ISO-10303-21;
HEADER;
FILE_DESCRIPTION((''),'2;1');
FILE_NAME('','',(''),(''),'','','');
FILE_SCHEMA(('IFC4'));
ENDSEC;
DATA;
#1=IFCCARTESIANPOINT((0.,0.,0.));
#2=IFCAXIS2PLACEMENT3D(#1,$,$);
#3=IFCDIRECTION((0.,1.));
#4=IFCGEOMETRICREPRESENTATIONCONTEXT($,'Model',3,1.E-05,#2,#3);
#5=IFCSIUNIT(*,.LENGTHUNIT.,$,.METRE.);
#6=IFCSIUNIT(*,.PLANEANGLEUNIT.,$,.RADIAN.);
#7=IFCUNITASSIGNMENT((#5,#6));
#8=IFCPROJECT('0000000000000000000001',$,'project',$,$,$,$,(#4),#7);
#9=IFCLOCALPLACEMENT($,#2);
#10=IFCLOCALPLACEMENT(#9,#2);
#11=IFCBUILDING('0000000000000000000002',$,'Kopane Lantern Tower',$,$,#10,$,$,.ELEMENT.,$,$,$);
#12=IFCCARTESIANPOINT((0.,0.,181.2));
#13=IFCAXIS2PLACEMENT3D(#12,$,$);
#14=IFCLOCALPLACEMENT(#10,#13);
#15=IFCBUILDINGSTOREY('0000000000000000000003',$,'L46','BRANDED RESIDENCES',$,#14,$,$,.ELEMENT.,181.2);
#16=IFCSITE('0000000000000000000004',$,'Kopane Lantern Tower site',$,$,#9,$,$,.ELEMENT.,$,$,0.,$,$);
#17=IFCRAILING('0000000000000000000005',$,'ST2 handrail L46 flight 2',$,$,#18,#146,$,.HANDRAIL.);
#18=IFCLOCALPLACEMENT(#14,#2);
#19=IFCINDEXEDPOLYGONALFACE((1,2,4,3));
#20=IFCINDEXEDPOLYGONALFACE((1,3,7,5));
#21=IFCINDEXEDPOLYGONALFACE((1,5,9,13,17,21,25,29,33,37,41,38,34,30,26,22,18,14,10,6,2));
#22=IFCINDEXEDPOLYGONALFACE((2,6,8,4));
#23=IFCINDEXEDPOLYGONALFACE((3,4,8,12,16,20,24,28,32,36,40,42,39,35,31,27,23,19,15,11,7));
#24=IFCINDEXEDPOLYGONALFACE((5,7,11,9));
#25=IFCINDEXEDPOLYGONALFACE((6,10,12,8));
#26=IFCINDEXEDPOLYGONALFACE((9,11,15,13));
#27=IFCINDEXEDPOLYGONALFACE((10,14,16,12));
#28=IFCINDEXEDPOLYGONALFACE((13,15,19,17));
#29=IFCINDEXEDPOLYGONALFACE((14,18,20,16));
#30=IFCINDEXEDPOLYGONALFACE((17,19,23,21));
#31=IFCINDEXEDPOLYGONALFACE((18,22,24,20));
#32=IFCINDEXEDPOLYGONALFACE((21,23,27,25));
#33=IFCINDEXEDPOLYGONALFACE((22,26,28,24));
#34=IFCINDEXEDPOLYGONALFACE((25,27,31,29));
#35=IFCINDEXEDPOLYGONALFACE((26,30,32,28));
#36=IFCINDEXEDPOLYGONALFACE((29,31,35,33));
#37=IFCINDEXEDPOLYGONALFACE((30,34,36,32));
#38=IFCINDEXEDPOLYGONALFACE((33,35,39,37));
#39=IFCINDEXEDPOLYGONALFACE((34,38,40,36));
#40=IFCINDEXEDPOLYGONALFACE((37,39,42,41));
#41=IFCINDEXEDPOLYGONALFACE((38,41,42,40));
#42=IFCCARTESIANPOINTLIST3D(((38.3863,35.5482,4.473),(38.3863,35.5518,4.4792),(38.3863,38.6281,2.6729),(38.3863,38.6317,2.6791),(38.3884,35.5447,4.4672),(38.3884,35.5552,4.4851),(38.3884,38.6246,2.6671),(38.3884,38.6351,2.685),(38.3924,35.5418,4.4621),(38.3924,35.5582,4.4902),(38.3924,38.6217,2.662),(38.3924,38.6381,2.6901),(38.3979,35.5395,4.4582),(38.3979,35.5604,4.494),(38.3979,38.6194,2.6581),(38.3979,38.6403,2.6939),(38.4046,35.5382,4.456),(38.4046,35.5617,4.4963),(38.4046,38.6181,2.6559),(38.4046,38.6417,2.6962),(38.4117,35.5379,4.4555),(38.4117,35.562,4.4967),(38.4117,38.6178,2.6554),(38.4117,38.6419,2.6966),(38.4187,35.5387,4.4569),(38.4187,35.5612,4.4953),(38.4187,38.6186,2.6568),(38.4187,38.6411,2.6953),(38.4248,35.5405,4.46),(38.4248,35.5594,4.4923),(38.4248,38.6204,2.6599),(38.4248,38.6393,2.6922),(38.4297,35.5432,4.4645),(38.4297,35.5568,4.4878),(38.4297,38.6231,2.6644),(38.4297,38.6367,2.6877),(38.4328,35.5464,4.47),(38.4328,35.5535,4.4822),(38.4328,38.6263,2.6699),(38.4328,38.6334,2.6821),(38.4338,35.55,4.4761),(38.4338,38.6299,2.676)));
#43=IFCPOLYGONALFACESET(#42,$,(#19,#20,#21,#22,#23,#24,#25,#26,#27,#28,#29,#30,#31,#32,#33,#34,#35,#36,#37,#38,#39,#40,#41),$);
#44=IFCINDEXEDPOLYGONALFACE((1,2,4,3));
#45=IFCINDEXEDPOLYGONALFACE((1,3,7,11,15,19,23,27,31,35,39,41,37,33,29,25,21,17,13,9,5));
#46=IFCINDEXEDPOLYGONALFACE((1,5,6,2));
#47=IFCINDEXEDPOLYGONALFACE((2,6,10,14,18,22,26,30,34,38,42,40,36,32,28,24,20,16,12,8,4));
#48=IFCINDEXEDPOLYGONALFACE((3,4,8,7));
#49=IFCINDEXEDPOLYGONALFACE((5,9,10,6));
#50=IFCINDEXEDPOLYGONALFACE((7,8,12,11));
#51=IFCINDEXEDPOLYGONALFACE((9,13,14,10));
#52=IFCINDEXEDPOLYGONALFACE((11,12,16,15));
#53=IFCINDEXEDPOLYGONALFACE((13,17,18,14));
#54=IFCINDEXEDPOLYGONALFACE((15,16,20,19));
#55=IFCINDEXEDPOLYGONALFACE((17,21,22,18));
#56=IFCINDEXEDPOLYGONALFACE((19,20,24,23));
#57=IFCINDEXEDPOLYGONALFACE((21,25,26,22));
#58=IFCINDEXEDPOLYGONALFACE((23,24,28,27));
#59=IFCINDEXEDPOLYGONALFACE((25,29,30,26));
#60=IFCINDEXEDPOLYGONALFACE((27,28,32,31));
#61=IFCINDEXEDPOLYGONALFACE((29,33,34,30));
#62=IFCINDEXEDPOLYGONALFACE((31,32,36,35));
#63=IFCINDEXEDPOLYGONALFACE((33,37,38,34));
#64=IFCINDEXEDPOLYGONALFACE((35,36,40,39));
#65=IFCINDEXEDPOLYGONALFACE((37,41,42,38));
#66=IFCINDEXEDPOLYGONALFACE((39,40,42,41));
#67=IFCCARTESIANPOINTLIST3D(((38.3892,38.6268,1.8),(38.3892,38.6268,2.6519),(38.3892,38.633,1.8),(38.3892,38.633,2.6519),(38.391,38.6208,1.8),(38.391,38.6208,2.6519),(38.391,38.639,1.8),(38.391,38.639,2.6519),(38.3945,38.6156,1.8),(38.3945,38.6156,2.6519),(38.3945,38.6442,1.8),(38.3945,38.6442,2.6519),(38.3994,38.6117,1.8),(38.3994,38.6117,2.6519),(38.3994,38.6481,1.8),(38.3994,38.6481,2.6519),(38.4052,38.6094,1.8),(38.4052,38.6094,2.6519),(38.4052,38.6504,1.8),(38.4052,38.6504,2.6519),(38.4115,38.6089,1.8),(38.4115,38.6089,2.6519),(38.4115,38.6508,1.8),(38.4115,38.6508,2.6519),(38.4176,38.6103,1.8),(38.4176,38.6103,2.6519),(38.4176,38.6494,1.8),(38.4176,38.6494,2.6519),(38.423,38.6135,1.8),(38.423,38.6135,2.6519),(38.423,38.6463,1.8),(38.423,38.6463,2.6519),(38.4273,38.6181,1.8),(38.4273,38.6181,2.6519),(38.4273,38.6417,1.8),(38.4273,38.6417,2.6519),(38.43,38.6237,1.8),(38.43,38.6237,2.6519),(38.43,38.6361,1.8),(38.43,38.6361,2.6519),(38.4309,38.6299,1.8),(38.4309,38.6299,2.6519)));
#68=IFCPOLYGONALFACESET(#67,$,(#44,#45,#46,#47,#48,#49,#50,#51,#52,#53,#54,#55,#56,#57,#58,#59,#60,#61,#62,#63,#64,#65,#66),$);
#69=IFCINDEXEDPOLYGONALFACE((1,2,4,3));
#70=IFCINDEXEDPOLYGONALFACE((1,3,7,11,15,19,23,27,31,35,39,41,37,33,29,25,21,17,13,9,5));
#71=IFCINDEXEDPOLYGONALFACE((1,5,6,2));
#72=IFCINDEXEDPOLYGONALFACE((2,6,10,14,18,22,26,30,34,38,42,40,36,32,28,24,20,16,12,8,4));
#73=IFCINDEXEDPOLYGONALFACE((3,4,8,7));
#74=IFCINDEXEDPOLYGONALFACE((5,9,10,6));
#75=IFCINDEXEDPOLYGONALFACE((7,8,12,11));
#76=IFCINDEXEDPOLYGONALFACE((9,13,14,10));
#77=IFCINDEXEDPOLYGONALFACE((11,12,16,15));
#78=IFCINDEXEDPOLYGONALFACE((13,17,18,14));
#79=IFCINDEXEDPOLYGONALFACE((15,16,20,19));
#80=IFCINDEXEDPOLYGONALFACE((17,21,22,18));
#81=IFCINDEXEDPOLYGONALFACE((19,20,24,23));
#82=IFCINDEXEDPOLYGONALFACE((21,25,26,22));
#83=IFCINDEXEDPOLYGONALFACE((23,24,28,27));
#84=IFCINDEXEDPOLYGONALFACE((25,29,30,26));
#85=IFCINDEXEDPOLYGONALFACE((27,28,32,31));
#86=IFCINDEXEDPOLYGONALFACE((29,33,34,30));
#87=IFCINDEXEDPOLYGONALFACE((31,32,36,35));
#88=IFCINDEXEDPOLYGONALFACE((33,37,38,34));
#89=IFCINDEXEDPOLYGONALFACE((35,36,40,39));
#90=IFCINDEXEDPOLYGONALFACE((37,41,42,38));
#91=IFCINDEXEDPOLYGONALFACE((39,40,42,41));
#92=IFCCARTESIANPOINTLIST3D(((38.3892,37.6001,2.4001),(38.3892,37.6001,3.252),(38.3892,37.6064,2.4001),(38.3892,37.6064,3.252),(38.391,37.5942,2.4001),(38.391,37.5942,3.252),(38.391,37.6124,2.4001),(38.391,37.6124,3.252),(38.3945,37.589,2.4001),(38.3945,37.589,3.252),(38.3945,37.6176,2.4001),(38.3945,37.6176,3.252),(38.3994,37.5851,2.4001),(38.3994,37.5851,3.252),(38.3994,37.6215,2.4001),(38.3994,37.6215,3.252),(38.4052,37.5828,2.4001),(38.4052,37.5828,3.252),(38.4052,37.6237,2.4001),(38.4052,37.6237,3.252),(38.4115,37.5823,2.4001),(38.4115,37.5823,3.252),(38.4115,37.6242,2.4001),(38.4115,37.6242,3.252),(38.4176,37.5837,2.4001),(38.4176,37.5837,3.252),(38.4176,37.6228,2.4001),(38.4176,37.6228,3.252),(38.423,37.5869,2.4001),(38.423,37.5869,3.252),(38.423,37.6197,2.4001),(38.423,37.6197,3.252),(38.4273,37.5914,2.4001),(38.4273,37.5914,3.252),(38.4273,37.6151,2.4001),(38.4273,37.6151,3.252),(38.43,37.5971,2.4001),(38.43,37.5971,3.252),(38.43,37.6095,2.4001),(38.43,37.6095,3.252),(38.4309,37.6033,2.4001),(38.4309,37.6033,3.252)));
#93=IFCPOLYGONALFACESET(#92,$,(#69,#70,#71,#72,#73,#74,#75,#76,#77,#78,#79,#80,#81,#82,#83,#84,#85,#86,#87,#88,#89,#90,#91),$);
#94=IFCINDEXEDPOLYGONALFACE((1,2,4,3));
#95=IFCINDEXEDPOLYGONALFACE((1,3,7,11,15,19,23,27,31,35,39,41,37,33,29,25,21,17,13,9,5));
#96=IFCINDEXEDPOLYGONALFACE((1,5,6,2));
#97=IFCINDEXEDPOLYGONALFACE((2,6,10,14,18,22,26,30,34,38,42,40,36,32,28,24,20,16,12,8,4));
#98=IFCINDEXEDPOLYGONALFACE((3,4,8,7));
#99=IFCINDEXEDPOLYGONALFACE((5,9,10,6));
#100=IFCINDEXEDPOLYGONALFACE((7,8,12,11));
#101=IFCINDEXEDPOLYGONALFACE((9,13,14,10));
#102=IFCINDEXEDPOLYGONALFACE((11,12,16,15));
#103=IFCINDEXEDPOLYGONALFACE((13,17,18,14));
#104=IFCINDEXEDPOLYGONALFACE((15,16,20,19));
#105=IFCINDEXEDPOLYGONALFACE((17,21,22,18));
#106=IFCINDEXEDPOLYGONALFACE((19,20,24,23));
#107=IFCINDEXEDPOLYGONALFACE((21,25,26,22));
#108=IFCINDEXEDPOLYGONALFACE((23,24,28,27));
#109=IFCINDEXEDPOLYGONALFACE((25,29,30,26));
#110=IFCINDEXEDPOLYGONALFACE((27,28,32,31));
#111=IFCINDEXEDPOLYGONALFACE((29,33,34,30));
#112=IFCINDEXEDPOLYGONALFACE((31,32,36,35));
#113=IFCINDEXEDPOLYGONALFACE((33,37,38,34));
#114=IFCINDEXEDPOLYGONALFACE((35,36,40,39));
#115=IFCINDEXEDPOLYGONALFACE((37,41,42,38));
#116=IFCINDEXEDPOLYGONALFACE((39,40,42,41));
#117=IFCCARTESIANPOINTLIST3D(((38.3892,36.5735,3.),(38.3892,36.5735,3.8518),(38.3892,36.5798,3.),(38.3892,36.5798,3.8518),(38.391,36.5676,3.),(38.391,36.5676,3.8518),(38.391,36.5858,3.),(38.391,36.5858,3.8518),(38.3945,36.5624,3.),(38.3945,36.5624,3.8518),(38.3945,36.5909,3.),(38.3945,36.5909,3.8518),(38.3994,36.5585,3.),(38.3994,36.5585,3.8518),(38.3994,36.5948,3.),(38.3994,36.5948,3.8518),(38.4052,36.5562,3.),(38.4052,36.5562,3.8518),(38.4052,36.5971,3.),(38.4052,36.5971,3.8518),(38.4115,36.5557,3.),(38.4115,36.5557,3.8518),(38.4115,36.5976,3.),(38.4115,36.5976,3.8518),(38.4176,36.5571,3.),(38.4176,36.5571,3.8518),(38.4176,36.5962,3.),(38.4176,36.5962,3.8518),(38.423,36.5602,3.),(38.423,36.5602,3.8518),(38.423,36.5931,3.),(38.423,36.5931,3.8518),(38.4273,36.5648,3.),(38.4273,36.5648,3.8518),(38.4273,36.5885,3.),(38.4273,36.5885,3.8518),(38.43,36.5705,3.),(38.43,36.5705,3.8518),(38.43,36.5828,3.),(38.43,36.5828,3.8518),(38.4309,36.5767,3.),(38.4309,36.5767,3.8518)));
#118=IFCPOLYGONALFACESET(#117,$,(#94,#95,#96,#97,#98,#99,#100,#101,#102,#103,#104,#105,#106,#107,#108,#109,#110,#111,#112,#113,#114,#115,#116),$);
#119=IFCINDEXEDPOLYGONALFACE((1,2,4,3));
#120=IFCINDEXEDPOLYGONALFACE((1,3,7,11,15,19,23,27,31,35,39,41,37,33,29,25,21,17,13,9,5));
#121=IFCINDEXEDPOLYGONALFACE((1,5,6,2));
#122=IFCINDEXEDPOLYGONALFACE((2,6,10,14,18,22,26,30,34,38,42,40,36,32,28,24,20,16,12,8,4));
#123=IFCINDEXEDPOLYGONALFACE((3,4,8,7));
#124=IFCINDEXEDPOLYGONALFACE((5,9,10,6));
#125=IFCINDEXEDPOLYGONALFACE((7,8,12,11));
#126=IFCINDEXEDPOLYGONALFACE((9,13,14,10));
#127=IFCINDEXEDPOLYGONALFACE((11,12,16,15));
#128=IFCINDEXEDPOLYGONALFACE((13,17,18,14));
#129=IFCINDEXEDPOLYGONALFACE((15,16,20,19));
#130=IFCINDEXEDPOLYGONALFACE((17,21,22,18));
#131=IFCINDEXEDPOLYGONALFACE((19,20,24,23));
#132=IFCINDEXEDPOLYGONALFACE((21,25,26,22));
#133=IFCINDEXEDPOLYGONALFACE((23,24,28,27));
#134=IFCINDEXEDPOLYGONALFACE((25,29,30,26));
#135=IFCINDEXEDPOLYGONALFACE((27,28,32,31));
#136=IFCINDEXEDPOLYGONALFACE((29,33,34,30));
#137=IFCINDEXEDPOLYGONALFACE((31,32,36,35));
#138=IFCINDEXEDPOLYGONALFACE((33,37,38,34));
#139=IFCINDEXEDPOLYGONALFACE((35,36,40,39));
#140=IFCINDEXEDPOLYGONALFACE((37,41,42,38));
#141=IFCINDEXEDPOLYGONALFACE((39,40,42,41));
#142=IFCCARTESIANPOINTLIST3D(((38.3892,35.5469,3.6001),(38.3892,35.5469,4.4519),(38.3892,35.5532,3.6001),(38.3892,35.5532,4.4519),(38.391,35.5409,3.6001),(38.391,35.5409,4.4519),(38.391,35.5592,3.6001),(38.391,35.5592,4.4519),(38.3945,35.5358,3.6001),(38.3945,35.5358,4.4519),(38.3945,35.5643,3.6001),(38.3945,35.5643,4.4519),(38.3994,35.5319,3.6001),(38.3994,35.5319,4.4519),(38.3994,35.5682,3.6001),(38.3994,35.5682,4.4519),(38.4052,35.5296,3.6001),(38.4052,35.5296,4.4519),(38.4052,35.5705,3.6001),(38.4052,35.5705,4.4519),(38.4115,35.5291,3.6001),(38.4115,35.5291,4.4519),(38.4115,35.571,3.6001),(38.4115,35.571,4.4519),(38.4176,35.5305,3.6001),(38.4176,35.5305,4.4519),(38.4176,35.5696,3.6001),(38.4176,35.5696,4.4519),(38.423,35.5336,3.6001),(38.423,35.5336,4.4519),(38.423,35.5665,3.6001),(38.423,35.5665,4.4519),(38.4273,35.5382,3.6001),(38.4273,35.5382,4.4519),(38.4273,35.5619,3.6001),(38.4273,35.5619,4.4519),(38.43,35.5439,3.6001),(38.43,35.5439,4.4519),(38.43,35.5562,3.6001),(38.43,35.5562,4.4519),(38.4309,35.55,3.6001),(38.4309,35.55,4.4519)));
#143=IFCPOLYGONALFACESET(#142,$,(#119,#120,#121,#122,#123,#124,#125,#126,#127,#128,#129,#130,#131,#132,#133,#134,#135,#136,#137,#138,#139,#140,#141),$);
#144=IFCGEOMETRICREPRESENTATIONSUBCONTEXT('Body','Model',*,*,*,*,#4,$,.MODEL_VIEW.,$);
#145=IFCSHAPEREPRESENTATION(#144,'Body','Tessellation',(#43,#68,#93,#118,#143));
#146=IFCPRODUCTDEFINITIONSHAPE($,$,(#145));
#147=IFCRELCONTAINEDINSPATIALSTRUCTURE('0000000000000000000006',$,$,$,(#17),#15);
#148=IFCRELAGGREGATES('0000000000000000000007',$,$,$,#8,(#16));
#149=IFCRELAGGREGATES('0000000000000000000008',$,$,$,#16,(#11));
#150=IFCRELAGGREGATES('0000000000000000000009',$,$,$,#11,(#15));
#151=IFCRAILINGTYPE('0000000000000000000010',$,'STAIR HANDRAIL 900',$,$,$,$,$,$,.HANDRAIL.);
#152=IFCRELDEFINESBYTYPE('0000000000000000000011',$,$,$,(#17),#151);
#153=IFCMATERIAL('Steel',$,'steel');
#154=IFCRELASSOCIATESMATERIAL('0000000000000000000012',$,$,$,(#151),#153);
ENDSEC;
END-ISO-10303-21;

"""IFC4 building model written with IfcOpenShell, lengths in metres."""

from ifc_helpers import new_model, si_unit, direction, frame, origin, origin_2d, place, context, subcontext, project, spatial, circle, extrude, material, type_object, element, save


model = new_model("IFC4")

# Units and contexts
model_context = context("Model", 3, precision=1e-05, world=origin(), true_north=direction((0.0, 1.0)))
body_context = subcontext(model_context, "Body", "Model", "MODEL_VIEW")
ifc_project = project(units=[si_unit("LENGTHUNIT", "METRE"), si_unit("PLANEANGLEUNIT", "RADIAN")], contexts=[model_context])

# Site, building, storey
site_placement = place(None, origin())
site = spatial("IfcSite", under=ifc_project, at=site_placement, Name="Kopane Lantern Tower site", CompositionType="ELEMENT", RefElevation=0.0)
building_placement = place(site_placement, origin())
building = spatial("IfcBuilding", under=site, at=building_placement, Name="Kopane Lantern Tower", CompositionType="ELEMENT")
storey_placement = place(building_placement, frame((0.0, 0.0, 181.2)))
storey = spatial("IfcBuildingStorey", under=building, at=storey_placement, Name="L46", Description="BRANDED RESIDENCES", CompositionType="ELEMENT", Elevation=181.2)

# Railing
ifc_material_1 = material(Name="Steel", Category="steel")
railing_type_1 = type_object("IfcRailingType", Name="STAIR HANDRAIL 900", PredefinedType="HANDRAIL", material=ifc_material_1)
for number, where, name in (
    (1, (38.4099, 38.6299, 1.8), "ST2 handrail L46 flight 2"),
):
    element("IfcRailing", number, at=place(storey_placement, frame(where)), inside=storey, type_object=railing_type_1, Name=name, PredefinedType="HANDRAIL", context=body_context, shape_type="SweptSolid", body=[
        extrude(circle(Radius=0.0239, at=origin_2d()), frame((0.0, 0.0, 0.876), z_axis=(0.0, -0.863354, 0.504598), x_axis=(1.0, 0.0, 0.0)), (0.0, 0.0, 1.0), 3.5674),
        extrude(circle(Radius=0.021, at=origin_2d()), origin(), (0.0, 0.0, 1.0), 0.8518),
        extrude(circle(Radius=0.021, at=origin_2d()), frame((0.0, -1.0266, 0.6001)), (0.0, 0.0, 1.0), 0.8518),
        extrude(circle(Radius=0.021, at=origin_2d()), frame((0.0, -2.0532, 1.2)), (0.0, 0.0, 1.0), 0.8518),
        extrude(circle(Radius=0.021, at=origin_2d()), frame((0.0, -3.0798, 1.8)), (0.0, 0.0, 1.0), 0.8518),
    ])

save(model, "model.ifc")
